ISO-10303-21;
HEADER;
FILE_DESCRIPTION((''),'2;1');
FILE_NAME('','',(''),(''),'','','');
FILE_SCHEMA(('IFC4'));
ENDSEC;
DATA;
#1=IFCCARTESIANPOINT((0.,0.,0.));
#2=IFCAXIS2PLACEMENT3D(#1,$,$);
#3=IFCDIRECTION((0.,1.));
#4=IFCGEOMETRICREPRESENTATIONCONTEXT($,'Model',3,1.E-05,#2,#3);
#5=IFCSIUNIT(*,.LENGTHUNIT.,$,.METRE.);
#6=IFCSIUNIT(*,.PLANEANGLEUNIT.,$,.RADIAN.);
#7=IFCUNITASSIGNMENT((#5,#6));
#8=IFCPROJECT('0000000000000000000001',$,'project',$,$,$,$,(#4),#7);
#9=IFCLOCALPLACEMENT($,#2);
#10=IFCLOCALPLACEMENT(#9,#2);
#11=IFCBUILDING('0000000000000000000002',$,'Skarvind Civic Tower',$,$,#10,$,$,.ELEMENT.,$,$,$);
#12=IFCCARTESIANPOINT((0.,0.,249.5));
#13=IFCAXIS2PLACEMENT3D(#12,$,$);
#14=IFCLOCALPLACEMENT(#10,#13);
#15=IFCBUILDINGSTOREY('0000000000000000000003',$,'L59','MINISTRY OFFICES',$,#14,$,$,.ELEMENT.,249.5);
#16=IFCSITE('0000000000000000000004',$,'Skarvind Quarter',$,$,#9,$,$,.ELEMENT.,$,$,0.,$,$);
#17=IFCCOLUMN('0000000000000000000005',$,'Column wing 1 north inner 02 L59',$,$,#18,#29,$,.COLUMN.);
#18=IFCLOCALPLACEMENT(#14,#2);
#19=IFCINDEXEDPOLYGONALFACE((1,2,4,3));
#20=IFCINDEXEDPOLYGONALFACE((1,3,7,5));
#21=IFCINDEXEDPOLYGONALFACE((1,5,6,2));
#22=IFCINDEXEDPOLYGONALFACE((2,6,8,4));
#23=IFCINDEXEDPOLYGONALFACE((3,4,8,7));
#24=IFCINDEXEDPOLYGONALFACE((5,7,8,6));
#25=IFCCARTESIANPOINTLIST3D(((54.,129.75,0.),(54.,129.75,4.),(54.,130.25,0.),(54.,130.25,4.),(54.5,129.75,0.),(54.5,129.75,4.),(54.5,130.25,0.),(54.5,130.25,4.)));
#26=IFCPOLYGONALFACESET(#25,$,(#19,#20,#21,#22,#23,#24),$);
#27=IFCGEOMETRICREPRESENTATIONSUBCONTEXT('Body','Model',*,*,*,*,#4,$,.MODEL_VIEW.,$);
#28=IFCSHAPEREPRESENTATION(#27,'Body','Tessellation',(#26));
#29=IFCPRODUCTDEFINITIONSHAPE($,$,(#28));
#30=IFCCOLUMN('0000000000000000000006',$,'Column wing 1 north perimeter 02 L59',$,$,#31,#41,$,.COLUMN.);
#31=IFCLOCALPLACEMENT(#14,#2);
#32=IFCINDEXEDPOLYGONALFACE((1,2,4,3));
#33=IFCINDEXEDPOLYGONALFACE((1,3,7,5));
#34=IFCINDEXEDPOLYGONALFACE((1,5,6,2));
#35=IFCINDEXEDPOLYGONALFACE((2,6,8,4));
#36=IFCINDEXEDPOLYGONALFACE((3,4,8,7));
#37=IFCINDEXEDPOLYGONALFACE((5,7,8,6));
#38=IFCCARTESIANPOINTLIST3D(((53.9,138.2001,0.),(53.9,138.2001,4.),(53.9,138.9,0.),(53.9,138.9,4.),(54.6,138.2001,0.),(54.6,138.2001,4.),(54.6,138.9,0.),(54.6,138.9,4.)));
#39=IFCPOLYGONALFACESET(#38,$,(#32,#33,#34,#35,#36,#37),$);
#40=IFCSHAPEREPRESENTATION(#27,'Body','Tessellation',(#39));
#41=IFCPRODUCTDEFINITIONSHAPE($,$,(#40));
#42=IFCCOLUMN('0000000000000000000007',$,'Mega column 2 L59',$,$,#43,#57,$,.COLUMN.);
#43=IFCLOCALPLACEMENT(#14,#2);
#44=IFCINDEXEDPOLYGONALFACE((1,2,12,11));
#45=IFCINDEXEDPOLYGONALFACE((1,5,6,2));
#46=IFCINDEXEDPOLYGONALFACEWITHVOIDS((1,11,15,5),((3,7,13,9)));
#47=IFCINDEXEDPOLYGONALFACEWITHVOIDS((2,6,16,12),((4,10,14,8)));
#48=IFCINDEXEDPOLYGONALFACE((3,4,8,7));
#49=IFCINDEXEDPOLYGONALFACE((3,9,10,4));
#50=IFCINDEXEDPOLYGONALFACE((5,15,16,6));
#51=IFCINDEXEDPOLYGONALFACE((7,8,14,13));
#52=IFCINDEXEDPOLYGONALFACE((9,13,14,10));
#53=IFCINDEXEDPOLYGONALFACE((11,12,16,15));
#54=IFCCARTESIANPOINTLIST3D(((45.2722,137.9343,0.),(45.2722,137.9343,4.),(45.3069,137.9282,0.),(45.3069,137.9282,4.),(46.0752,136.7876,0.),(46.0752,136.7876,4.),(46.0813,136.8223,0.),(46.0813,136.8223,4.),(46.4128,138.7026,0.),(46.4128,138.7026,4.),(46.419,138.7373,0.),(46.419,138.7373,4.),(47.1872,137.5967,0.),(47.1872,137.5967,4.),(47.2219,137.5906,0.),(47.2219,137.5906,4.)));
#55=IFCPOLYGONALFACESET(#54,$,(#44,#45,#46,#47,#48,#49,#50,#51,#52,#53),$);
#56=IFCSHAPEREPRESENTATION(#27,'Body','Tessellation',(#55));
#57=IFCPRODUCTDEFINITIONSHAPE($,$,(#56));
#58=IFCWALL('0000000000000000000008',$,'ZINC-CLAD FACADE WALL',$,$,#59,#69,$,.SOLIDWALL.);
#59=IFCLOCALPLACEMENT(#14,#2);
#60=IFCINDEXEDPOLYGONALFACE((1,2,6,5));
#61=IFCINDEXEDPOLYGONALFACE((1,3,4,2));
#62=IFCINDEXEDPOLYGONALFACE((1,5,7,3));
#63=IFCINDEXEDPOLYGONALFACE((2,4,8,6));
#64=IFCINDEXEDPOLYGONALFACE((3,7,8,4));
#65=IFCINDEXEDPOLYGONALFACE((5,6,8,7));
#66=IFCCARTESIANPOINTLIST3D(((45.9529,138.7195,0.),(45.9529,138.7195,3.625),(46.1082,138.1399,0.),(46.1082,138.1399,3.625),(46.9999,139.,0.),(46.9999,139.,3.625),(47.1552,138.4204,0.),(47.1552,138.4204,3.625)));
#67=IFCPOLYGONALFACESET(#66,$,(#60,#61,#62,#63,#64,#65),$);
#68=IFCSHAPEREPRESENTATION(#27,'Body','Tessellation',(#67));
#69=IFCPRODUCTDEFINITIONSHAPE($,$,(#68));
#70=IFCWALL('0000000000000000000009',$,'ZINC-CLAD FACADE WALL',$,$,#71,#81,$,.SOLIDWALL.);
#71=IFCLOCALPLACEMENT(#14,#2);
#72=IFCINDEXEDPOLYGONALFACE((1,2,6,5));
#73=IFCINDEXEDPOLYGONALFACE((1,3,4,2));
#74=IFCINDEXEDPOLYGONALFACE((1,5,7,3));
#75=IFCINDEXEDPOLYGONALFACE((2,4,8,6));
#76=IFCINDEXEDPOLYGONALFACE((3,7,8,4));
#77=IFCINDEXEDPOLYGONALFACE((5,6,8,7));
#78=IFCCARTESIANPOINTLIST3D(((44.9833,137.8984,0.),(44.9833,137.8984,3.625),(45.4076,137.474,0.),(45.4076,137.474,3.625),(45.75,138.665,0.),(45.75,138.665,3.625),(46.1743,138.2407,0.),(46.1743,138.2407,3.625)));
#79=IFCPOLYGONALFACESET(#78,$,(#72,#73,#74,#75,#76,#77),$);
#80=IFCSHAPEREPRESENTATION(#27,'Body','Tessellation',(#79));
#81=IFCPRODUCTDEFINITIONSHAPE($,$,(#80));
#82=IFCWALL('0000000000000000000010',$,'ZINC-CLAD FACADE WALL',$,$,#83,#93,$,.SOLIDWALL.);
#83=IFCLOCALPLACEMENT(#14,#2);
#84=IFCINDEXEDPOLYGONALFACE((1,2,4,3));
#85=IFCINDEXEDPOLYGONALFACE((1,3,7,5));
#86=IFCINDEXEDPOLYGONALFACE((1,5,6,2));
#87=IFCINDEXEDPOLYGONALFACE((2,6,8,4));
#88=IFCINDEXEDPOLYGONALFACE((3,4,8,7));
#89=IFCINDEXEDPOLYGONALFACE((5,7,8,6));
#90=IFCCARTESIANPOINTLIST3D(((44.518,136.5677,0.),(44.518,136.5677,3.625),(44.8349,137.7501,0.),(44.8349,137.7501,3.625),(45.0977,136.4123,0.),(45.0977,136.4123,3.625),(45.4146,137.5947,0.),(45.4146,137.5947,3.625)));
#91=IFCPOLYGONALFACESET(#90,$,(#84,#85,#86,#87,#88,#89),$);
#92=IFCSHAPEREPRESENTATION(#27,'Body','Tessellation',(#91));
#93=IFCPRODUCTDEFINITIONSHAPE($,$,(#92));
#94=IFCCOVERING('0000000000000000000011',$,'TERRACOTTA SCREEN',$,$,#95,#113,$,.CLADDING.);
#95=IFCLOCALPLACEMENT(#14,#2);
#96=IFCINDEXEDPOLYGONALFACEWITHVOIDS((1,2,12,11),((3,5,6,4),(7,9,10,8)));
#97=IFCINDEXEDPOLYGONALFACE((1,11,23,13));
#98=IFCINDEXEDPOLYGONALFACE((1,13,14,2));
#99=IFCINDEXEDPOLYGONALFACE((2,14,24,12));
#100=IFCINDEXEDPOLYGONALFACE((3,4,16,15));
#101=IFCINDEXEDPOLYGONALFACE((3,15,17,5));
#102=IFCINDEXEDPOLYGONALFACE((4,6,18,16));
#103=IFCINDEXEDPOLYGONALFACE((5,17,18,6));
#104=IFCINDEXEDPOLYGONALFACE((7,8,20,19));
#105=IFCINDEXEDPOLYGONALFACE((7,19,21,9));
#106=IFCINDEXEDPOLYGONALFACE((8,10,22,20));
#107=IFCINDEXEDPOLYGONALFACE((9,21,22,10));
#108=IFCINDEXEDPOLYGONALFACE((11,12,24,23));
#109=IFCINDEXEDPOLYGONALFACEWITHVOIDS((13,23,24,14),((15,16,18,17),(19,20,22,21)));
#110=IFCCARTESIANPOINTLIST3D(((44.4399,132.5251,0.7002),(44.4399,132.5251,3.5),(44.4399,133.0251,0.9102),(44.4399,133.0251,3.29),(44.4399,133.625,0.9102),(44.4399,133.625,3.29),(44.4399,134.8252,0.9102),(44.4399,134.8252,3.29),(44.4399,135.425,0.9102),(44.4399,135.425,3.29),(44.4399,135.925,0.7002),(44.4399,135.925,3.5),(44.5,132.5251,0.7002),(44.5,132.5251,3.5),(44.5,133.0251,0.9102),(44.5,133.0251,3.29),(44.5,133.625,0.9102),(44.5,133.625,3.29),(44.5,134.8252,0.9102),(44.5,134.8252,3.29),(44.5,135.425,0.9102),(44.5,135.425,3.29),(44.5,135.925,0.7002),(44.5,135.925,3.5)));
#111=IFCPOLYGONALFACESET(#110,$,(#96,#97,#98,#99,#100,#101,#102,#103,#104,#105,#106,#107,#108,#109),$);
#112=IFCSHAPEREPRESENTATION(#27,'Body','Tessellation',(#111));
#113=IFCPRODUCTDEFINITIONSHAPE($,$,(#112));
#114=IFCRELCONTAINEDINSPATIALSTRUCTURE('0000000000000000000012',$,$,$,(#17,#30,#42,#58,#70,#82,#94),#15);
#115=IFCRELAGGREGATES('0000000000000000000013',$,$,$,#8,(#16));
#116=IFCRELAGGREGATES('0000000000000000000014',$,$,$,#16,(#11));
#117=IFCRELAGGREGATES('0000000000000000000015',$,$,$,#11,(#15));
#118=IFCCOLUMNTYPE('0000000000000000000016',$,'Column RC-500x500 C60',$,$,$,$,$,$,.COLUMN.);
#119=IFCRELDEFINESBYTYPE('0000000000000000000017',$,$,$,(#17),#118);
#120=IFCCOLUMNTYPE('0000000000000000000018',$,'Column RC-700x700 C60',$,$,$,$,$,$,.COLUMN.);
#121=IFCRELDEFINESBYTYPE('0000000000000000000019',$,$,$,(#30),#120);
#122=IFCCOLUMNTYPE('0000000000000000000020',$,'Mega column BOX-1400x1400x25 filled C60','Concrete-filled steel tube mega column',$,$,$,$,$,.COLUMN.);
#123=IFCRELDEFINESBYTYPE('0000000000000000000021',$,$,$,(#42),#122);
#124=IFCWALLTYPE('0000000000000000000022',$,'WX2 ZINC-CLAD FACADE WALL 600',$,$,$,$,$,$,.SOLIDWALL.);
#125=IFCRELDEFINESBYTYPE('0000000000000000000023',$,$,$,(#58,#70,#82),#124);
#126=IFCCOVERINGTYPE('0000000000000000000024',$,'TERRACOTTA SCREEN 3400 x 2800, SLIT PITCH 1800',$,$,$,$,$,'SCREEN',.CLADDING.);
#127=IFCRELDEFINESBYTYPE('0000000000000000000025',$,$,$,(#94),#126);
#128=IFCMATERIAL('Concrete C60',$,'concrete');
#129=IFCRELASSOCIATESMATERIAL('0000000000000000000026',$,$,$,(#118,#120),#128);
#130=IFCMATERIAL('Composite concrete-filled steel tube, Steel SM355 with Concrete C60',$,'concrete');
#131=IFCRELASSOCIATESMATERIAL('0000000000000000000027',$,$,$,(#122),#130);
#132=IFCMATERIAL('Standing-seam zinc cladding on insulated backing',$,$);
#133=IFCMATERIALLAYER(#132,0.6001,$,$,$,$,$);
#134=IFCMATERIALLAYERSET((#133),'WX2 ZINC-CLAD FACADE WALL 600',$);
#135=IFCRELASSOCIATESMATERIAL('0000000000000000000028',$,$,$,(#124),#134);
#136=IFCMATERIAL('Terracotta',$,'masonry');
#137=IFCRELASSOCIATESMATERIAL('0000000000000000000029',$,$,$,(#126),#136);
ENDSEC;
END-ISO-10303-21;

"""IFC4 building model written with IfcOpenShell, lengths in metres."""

from ifc_helpers import new_model, si_unit, direction, frame, frame_2d, origin, origin_2d, place, context, subcontext, project, spatial, polyline, rectangle, hollow_rectangle, outline, extrude, material, layer, layer_set, material_profile, profile_set, type_object, element, save


model = new_model("IFC4")

# Units and contexts
model_context = context("Model", 3, precision=1e-05, world=origin(), true_north=direction((0.0, 1.0)))
body_context = subcontext(model_context, "Body", "Model", "MODEL_VIEW")
ifc_project = project(units=[si_unit("LENGTHUNIT", "METRE"), si_unit("PLANEANGLEUNIT", "RADIAN")], contexts=[model_context])

# Site, building, storey
site_placement = place(None, origin())
site = spatial("IfcSite", under=ifc_project, at=site_placement, Name="Skarvind Quarter", CompositionType="ELEMENT", RefElevation=0.0)
building_placement = place(site_placement, origin())
building = spatial("IfcBuilding", under=site, at=building_placement, Name="Skarvind Civic Tower", CompositionType="ELEMENT")
storey_placement = place(building_placement, frame((0.0, 0.0, 249.5)))
storey = spatial("IfcBuildingStorey", under=building, at=storey_placement, Name="L59", Description="MINISTRY OFFICES", CompositionType="ELEMENT", Elevation=249.5)

# Columns
ifc_material_1 = material(Name="Concrete C60", Category="concrete")
ifc_material_profile_1 = material_profile(ifc_material_1, rectangle(XDim=0.5, YDim=0.5, at=origin_2d()), Name="RC-500x500")
ifc_profile_set_1 = profile_set([ifc_material_profile_1], Name="Concrete C60")
column_type_1 = type_object("IfcColumnType", Name="Column RC-500x500 C60", PredefinedType="COLUMN", material=ifc_profile_set_1)
column_1_placement = place(storey_placement, frame((54.25, 130.0, 0.0), z_axis=(0.0, 0.0, 1.0), x_axis=(1.0, 0.0, 0.0)))
element("IfcColumn", 1, at=column_1_placement, inside=storey, type_object=column_type_1, Name="Column wing 1 north inner 02 L59", PredefinedType="COLUMN", context=body_context, shape_type="SweptSolid", body=[
    extrude(rectangle(XDim=0.5, YDim=0.5, at=origin_2d()), origin(), (0.0, 0.0, 1.0), 4.0),
])
ifc_material_profile_2 = material_profile(ifc_material_1, rectangle(XDim=0.7, YDim=0.7, at=origin_2d()), Name="RC-700x700")
ifc_profile_set_2 = profile_set([ifc_material_profile_2], Name="Concrete C60")
column_type_2 = type_object("IfcColumnType", Name="Column RC-700x700 C60", PredefinedType="COLUMN", material=ifc_profile_set_2)
column_2_placement = place(storey_placement, frame((54.25, 138.55, 0.0), z_axis=(0.0, 0.0, 1.0), x_axis=(1.0, 0.0, 0.0)))
element("IfcColumn", 2, at=column_2_placement, inside=storey, type_object=column_type_2, Name="Column wing 1 north perimeter 02 L59", PredefinedType="COLUMN", context=body_context, shape_type="SweptSolid", body=[
    extrude(rectangle(XDim=0.7, YDim=0.7, at=origin_2d()), origin(), (0.0, 0.0, 1.0), 4.0),
])
ifc_material_2 = material(Name="Composite concrete-filled steel tube, Steel SM355 with Concrete C60", Category="concrete")
ifc_material_profile_3 = material_profile(ifc_material_2, hollow_rectangle(XDim=1.3999, YDim=1.3999, WallThickness=0.0249, at=origin_2d()), Name="BOX-1400x1400x25")
ifc_profile_set_3 = profile_set([ifc_material_profile_3], Name="Composite concrete-filled steel tube, Steel SM355 with Concrete C60")
column_type_3 = type_object("IfcColumnType", Name="Mega column BOX-1400x1400x25 filled C60", Description="Concrete-filled steel tube mega column", PredefinedType="COLUMN", material=ifc_profile_set_3)
column_3_placement = place(storey_placement, frame((46.2471, 137.7625, 0.0), z_axis=(0.0, 0.0, 1.0), x_axis=(0.573576, -0.819152, 0.0)))
element("IfcColumn", 3, at=column_3_placement, inside=storey, type_object=column_type_3, Name="Mega column 2 L59", PredefinedType="COLUMN", context=body_context, shape_type="SweptSolid", body=[
    extrude(hollow_rectangle(XDim=1.3999, YDim=1.3999, WallThickness=0.0249, at=origin_2d()), origin(), (0.0, 0.0, 1.0), 4.0),
])

# Shared definitions
ifc_material_3 = material(Name="Standing-seam zinc cladding on insulated backing")
ifc_layer = layer(ifc_material_3, 0.6001)
ifc_layer_set = layer_set([ifc_layer], Name="WX2 ZINC-CLAD FACADE WALL 600")
wall_type = type_object("IfcWallType", Name="WX2 ZINC-CLAD FACADE WALL 600", PredefinedType="SOLIDWALL", material=ifc_layer_set)

# Walls
wall_1_placement = place(storey_placement, frame((46.0305, 138.4297, 0.0), z_axis=(0.0, 0.0, 1.0), x_axis=(0.965939, 0.25877, 0.0)))
element("IfcWall", 4, at=wall_1_placement, inside=storey, type_object=wall_type, Name="ZINC-CLAD FACADE WALL", PredefinedType="SOLIDWALL", context=body_context, shape_type="SweptSolid", body=[
    extrude(rectangle(XDim=1.084, YDim=0.6001, at=frame_2d((0.542, 0.0))), origin(), (0.0, 0.0, 1.0), 3.625),
])
wall_2_placement = place(storey_placement, frame((45.1956, 137.6863, 0.0), z_axis=(0.0, 0.0, 1.0), x_axis=(0.707107, 0.707107, 0.0)))
element("IfcWall", 5, at=wall_2_placement, inside=storey, type_object=wall_type, Name="ZINC-CLAD FACADE WALL", PredefinedType="SOLIDWALL", context=body_context, shape_type="SweptSolid", body=[
    extrude(rectangle(XDim=1.0842, YDim=0.6001, at=frame_2d((0.542, 0.0))), origin(), (0.0, 0.0, 1.0), 3.625),
])
wall_3_placement = place(storey_placement, frame((44.8079, 136.49, 0.0), z_axis=(0.0, 0.0, 1.0), x_axis=(0.258879, 0.96591, 0.0)))
element("IfcWall", 6, at=wall_3_placement, inside=storey, type_object=wall_type, Name="ZINC-CLAD FACADE WALL", PredefinedType="SOLIDWALL", context=body_context, shape_type="SweptSolid", body=[
    extrude(rectangle(XDim=1.2241, YDim=0.6001, at=frame_2d((0.6121, 0.0))), origin(), (0.0, 0.0, 1.0), 3.625),
])

# Covering
ifc_material_4 = material(Name="Terracotta", Category="masonry")
ifc_material_profile_4 = material_profile(ifc_material_4, outline(polyline([(-1.7, -1.3999), (1.7, -1.3999), (1.7, 1.3999), (-1.7, 1.3999), (-1.7, -1.3999)]), holes=[polyline([(-1.2, -1.1899), (-0.6001, -1.1899), (-0.6001, 1.1899), (-1.2, 1.1899), (-1.2, -1.1899)]), polyline([(0.6001, -1.1899), (1.2, -1.1899), (1.2, 1.1899), (0.6001, 1.1899), (0.6001, -1.1899)])]), Name="TERRACOTTA SCREEN 3400 x 2800, SLIT PITCH 1800")
ifc_profile_set_4 = profile_set([ifc_material_profile_4], Name="Terracotta")
covering_type = type_object("IfcCoveringType", Name="TERRACOTTA SCREEN 3400 x 2800, SLIT PITCH 1800", ElementType="SCREEN", PredefinedType="CLADDING", material=ifc_profile_set_4)
covering_placement = place(storey_placement, frame((44.5, 134.2251, 2.1001), z_axis=(-1.0, 0.0, 0.0), x_axis=(0.0, -1.0, 0.0)))
element("IfcCovering", 7, at=covering_placement, inside=storey, type_object=covering_type, Name="TERRACOTTA SCREEN", PredefinedType="CLADDING", context=body_context, shape_type="SweptSolid", body=[
    extrude(outline(polyline([(-1.7, -1.3999), (1.7, -1.3999), (1.7, 1.3999), (-1.7, 1.3999), (-1.7, -1.3999)]), holes=[polyline([(-1.2, -1.1899), (-0.6001, -1.1899), (-0.6001, 1.1899), (-1.2, 1.1899), (-1.2, -1.1899)]), polyline([(0.6001, -1.1899), (1.2, -1.1899), (1.2, 1.1899), (0.6001, 1.1899), (0.6001, -1.1899)])]), origin(), (0.0, 0.0, 1.0), 0.0601),
])

save(model, "model.ifc")
